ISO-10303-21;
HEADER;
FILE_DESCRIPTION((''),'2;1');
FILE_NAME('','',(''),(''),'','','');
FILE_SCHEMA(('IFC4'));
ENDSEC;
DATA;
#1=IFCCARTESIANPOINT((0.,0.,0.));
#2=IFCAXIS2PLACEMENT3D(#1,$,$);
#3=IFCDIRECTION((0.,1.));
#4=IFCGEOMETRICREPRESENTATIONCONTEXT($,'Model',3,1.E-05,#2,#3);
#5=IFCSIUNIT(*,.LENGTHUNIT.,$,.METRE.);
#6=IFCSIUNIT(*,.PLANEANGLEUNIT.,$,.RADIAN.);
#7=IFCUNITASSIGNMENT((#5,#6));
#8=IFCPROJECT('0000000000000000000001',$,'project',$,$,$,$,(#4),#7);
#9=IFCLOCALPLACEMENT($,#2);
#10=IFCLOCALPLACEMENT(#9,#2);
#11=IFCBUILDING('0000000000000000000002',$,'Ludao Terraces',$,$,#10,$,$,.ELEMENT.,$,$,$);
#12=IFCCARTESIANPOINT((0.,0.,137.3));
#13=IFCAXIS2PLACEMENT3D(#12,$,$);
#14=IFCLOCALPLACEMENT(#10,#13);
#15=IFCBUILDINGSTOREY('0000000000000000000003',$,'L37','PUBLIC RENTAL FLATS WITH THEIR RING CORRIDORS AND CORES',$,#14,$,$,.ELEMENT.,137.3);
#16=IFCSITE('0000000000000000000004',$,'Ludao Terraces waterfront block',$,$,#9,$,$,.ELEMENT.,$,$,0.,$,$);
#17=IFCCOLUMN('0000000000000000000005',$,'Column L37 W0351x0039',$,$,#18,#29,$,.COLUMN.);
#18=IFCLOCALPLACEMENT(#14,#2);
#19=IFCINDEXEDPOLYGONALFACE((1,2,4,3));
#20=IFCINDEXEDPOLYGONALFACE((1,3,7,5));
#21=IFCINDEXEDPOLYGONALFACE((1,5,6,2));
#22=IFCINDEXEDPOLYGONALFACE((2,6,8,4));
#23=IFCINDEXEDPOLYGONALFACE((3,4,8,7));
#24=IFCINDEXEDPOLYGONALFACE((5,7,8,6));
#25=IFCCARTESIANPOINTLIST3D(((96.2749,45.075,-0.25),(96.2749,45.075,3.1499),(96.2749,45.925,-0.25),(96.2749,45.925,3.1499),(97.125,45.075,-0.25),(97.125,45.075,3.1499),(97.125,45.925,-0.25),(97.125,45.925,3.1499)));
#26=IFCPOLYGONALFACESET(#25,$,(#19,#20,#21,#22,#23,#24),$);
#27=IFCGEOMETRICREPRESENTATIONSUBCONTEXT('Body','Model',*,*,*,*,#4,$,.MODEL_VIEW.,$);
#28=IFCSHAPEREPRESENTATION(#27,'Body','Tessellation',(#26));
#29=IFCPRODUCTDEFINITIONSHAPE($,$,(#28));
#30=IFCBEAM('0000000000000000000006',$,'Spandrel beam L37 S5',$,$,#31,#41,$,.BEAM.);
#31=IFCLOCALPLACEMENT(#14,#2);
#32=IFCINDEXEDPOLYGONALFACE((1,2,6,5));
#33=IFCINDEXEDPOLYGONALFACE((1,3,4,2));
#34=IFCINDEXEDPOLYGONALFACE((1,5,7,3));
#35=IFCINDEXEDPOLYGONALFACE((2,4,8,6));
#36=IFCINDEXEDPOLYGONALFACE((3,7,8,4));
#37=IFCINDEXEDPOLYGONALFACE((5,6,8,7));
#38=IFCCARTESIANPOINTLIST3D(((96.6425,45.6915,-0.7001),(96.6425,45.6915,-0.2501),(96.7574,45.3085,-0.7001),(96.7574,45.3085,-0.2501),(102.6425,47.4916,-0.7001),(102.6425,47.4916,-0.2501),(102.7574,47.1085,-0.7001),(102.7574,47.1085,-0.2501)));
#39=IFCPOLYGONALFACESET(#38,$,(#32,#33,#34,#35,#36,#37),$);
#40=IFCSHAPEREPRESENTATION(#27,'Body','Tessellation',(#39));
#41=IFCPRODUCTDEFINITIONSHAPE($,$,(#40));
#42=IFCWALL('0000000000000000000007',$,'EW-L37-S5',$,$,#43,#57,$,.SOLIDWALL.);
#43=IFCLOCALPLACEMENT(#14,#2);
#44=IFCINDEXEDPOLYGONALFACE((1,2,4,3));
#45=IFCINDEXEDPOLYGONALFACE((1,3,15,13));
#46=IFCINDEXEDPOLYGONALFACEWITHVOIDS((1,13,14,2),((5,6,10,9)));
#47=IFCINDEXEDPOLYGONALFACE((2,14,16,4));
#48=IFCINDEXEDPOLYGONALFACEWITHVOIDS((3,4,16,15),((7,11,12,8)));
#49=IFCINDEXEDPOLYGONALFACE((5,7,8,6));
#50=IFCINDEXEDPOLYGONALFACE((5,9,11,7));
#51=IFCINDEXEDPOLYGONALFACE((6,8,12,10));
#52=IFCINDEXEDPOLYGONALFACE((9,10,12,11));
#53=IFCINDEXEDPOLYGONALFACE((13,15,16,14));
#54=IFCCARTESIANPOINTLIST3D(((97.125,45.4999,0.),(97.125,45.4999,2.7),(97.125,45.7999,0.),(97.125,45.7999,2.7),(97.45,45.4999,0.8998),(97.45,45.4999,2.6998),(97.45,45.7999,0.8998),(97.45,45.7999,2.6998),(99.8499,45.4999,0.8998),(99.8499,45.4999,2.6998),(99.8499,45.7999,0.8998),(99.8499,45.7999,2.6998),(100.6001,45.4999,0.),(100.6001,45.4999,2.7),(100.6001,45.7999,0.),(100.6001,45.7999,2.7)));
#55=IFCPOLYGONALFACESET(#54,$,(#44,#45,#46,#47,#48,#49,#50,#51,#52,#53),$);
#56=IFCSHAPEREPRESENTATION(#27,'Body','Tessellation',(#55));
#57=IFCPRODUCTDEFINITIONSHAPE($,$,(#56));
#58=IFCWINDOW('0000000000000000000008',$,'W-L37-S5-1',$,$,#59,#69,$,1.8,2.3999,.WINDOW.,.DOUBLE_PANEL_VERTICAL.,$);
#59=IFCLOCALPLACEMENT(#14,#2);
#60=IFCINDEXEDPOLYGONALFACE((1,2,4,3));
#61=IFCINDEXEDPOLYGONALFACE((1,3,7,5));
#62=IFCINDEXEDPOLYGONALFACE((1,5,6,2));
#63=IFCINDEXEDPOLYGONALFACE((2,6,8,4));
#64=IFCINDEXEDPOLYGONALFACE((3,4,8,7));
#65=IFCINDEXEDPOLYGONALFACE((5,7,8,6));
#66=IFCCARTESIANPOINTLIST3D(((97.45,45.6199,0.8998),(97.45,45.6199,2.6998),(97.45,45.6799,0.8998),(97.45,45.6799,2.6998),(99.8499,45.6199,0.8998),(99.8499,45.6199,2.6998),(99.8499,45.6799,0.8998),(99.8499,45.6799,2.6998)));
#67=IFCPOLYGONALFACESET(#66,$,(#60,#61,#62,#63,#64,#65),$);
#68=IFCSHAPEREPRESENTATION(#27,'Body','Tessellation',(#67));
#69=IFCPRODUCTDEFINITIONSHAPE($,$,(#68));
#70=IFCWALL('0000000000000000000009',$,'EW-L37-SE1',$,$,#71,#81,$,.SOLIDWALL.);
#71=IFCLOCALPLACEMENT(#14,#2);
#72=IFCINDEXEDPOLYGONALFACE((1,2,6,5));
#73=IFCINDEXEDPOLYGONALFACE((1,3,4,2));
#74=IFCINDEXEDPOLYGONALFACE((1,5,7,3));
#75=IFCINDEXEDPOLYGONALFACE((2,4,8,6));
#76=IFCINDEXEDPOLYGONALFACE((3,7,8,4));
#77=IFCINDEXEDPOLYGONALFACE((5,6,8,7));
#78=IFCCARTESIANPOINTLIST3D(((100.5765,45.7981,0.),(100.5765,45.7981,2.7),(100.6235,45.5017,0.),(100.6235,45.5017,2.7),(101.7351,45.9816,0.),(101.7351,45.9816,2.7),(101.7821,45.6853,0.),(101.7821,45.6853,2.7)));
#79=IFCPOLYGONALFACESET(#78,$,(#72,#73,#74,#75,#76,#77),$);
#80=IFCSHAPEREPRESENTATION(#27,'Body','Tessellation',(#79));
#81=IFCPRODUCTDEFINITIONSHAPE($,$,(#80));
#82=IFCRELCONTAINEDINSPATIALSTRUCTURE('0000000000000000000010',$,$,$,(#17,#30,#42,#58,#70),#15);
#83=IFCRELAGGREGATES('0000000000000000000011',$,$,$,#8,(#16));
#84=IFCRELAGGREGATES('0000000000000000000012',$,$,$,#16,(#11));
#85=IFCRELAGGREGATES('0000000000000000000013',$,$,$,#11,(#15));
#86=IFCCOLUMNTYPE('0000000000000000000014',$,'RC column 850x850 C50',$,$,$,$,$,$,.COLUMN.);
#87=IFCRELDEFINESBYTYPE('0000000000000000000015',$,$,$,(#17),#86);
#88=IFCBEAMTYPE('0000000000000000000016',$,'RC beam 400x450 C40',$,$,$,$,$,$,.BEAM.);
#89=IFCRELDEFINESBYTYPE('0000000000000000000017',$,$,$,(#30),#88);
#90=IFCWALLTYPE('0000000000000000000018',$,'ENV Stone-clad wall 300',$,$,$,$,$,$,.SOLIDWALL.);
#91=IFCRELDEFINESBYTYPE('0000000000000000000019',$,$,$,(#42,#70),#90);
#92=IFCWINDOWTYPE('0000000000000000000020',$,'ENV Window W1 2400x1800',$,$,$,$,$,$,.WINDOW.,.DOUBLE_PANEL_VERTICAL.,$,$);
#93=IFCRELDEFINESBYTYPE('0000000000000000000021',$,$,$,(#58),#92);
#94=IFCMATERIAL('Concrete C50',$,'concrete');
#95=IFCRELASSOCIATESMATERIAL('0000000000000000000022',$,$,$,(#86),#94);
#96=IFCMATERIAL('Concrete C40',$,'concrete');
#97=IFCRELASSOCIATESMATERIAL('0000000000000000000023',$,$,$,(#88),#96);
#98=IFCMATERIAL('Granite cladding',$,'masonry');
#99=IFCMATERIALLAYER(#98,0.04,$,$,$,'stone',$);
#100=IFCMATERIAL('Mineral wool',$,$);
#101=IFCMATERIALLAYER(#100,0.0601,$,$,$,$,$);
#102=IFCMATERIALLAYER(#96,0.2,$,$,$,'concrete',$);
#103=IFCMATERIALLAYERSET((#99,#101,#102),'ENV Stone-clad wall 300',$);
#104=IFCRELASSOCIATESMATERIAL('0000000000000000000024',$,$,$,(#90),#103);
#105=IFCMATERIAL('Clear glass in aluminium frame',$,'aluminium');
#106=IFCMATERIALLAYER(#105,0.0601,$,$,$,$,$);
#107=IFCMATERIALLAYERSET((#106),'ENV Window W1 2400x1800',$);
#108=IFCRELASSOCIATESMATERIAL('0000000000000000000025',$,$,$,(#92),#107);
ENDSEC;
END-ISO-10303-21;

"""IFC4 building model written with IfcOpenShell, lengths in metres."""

from ifc_helpers import new_model, si_unit, direction, frame, frame_2d, origin, origin_2d, place, context, subcontext, project, spatial, rectangle, extrude, material, layer, layer_set, material_profile, profile_set, type_object, element, fill, save


model = new_model("IFC4")

# Units and contexts
model_context = context("Model", 3, precision=1e-05, world=origin(), true_north=direction((0.0, 1.0)))
body_context = subcontext(model_context, "Body", "Model", "MODEL_VIEW")
ifc_project = project(units=[si_unit("LENGTHUNIT", "METRE"), si_unit("PLANEANGLEUNIT", "RADIAN")], contexts=[model_context])

# Site, building, storey
site_placement = place(None, origin())
site = spatial("IfcSite", under=ifc_project, at=site_placement, Name="Ludao Terraces waterfront block", CompositionType="ELEMENT", RefElevation=0.0)
building_placement = place(site_placement, origin())
building = spatial("IfcBuilding", under=site, at=building_placement, Name="Ludao Terraces", CompositionType="ELEMENT")
storey_placement = place(building_placement, frame((0.0, 0.0, 137.3)))
storey = spatial("IfcBuildingStorey", under=building, at=storey_placement, Name="L37", Description="PUBLIC RENTAL FLATS WITH THEIR RING CORRIDORS AND CORES", CompositionType="ELEMENT", Elevation=137.3)

# Column
ifc_material_1 = material(Name="Concrete C50", Category="concrete")
ifc_material_profile_1 = material_profile(ifc_material_1, rectangle(XDim=0.8501, YDim=0.8501, at=origin_2d()), Name="850 X 850")
ifc_profile_set_1 = profile_set([ifc_material_profile_1], Name="Concrete C50")
column_type = type_object("IfcColumnType", Name="RC column 850x850 C50", PredefinedType="COLUMN", material=ifc_profile_set_1)
column_placement = place(storey_placement, frame((96.7, 45.5, -0.25), z_axis=(0.0, 0.0, 1.0), x_axis=(1.0, 0.0, 0.0)))
element("IfcColumn", 1, at=column_placement, inside=storey, type_object=column_type, Name="Column L37 W0351x0039", PredefinedType="COLUMN", context=body_context, shape_type="SweptSolid", body=[
    extrude(rectangle(XDim=0.8501, YDim=0.8501, at=origin_2d()), origin(), (0.0, 0.0, 1.0), 3.3999),
])

# Beam
ifc_material_2 = material(Name="Concrete C40", Category="concrete")
ifc_material_profile_2 = material_profile(ifc_material_2, rectangle(XDim=0.3999, YDim=0.45, at=origin_2d()), Name="400 X 450")
ifc_profile_set_2 = profile_set([ifc_material_profile_2], Name="Concrete C40")
beam_type = type_object("IfcBeamType", Name="RC beam 400x450 C40", PredefinedType="BEAM", material=ifc_profile_set_2)
beam_placement = place(storey_placement, frame((96.7, 45.5, -0.4751), z_axis=(0.957824, 0.287355, 0.0), x_axis=(-0.287355, 0.957824, 0.0)))
element("IfcBeam", 2, at=beam_placement, inside=storey, type_object=beam_type, Name="Spandrel beam L37 S5", PredefinedType="BEAM", context=body_context, shape_type="SweptSolid", body=[
    extrude(rectangle(XDim=0.3999, YDim=0.45, at=origin_2d()), origin(), (0.0, 0.0, 1.0), 6.2642),
])

# Wall, opening, window
ifc_material_3 = material(Name="Granite cladding", Category="masonry")
ifc_layer_1 = layer(ifc_material_3, 0.04, Category="stone")
ifc_material_4 = material(Name="Mineral wool")
ifc_layer_2 = layer(ifc_material_4, 0.0601)
ifc_layer_3 = layer(ifc_material_2, 0.2, Category="concrete")
ifc_layer_set_1 = layer_set([ifc_layer_1, ifc_layer_2, ifc_layer_3], Name="ENV Stone-clad wall 300")
wall_type = type_object("IfcWallType", Name="ENV Stone-clad wall 300", PredefinedType="SOLIDWALL", material=ifc_layer_set_1)
wall_1_placement = place(storey_placement, frame((97.125, 45.6499, 0.0), z_axis=(0.0, 0.0, 1.0), x_axis=(1.0, 0.0, 0.0)))
wall_1 = element("IfcWall", 3, at=wall_1_placement, inside=storey, type_object=wall_type, Name="EW-L37-S5", PredefinedType="SOLIDWALL", context=body_context, shape_type="SweptSolid", body=[
    extrude(rectangle(XDim=3.4751, YDim=0.3, at=frame_2d((1.7375, 0.0))), origin(), (0.0, 0.0, 1.0), 2.7),
])
opening_placement = place(wall_1_placement, frame((0.325, 0.0, 0.8999)))
opening = element("IfcOpeningElement", 4, at=opening_placement, cuts=wall_1, PredefinedType="OPENING", context=body_context, shape_type="SweptSolid", body=[
    extrude(rectangle(XDim=2.3999, YDim=1.8, at=frame_2d((1.2, 0.8999))), frame((0.0, 0.1602, 0.0), z_axis=(0.0, -1.0, 0.0), x_axis=(1.0, 0.0, 0.0)), (0.0, 0.0, 1.0), 0.3201),
])
ifc_material_5 = material(Name="Clear glass in aluminium frame", Category="aluminium")
ifc_layer_4 = layer(ifc_material_5, 0.0601)
ifc_layer_set_2 = layer_set([ifc_layer_4], Name="ENV Window W1 2400x1800")
window_type = type_object("IfcWindowType", Name="ENV Window W1 2400x1800", PartitioningType="DOUBLE_PANEL_VERTICAL", PredefinedType="WINDOW", material=ifc_layer_set_2)
window_placement = place(opening_placement, origin())
window = element("IfcWindow", 5, at=window_placement, inside=storey, type_object=window_type, Name="W-L37-S5-1", OverallHeight=1.8, OverallWidth=2.3999, PartitioningType="DOUBLE_PANEL_VERTICAL", PredefinedType="WINDOW", context=body_context, shape_type="SweptSolid", body=[
    extrude(rectangle(XDim=2.3999, YDim=1.8, at=frame_2d((1.2, 0.8999))), frame((0.0, 0.03, 0.0), z_axis=(0.0, -1.0, 0.0), x_axis=(1.0, 0.0, 0.0)), (0.0, 0.0, 1.0), 0.0601),
])
fill(opening, window)

# Wall
wall_2_placement = place(storey_placement, frame((100.6001, 45.6499, 0.0), z_axis=(0.0, 0.0, 1.0), x_axis=(0.987678, 0.156497, 0.0)))
element("IfcWall", 6, at=wall_2_placement, inside=storey, type_object=wall_type, Name="EW-L37-SE1", PredefinedType="SOLIDWALL", context=body_context, shape_type="SweptSolid", body=[
    extrude(rectangle(XDim=1.1731, YDim=0.3, at=frame_2d((0.5864, 0.0))), origin(), (0.0, 0.0, 1.0), 2.7),
])

save(model, "model.ifc")
